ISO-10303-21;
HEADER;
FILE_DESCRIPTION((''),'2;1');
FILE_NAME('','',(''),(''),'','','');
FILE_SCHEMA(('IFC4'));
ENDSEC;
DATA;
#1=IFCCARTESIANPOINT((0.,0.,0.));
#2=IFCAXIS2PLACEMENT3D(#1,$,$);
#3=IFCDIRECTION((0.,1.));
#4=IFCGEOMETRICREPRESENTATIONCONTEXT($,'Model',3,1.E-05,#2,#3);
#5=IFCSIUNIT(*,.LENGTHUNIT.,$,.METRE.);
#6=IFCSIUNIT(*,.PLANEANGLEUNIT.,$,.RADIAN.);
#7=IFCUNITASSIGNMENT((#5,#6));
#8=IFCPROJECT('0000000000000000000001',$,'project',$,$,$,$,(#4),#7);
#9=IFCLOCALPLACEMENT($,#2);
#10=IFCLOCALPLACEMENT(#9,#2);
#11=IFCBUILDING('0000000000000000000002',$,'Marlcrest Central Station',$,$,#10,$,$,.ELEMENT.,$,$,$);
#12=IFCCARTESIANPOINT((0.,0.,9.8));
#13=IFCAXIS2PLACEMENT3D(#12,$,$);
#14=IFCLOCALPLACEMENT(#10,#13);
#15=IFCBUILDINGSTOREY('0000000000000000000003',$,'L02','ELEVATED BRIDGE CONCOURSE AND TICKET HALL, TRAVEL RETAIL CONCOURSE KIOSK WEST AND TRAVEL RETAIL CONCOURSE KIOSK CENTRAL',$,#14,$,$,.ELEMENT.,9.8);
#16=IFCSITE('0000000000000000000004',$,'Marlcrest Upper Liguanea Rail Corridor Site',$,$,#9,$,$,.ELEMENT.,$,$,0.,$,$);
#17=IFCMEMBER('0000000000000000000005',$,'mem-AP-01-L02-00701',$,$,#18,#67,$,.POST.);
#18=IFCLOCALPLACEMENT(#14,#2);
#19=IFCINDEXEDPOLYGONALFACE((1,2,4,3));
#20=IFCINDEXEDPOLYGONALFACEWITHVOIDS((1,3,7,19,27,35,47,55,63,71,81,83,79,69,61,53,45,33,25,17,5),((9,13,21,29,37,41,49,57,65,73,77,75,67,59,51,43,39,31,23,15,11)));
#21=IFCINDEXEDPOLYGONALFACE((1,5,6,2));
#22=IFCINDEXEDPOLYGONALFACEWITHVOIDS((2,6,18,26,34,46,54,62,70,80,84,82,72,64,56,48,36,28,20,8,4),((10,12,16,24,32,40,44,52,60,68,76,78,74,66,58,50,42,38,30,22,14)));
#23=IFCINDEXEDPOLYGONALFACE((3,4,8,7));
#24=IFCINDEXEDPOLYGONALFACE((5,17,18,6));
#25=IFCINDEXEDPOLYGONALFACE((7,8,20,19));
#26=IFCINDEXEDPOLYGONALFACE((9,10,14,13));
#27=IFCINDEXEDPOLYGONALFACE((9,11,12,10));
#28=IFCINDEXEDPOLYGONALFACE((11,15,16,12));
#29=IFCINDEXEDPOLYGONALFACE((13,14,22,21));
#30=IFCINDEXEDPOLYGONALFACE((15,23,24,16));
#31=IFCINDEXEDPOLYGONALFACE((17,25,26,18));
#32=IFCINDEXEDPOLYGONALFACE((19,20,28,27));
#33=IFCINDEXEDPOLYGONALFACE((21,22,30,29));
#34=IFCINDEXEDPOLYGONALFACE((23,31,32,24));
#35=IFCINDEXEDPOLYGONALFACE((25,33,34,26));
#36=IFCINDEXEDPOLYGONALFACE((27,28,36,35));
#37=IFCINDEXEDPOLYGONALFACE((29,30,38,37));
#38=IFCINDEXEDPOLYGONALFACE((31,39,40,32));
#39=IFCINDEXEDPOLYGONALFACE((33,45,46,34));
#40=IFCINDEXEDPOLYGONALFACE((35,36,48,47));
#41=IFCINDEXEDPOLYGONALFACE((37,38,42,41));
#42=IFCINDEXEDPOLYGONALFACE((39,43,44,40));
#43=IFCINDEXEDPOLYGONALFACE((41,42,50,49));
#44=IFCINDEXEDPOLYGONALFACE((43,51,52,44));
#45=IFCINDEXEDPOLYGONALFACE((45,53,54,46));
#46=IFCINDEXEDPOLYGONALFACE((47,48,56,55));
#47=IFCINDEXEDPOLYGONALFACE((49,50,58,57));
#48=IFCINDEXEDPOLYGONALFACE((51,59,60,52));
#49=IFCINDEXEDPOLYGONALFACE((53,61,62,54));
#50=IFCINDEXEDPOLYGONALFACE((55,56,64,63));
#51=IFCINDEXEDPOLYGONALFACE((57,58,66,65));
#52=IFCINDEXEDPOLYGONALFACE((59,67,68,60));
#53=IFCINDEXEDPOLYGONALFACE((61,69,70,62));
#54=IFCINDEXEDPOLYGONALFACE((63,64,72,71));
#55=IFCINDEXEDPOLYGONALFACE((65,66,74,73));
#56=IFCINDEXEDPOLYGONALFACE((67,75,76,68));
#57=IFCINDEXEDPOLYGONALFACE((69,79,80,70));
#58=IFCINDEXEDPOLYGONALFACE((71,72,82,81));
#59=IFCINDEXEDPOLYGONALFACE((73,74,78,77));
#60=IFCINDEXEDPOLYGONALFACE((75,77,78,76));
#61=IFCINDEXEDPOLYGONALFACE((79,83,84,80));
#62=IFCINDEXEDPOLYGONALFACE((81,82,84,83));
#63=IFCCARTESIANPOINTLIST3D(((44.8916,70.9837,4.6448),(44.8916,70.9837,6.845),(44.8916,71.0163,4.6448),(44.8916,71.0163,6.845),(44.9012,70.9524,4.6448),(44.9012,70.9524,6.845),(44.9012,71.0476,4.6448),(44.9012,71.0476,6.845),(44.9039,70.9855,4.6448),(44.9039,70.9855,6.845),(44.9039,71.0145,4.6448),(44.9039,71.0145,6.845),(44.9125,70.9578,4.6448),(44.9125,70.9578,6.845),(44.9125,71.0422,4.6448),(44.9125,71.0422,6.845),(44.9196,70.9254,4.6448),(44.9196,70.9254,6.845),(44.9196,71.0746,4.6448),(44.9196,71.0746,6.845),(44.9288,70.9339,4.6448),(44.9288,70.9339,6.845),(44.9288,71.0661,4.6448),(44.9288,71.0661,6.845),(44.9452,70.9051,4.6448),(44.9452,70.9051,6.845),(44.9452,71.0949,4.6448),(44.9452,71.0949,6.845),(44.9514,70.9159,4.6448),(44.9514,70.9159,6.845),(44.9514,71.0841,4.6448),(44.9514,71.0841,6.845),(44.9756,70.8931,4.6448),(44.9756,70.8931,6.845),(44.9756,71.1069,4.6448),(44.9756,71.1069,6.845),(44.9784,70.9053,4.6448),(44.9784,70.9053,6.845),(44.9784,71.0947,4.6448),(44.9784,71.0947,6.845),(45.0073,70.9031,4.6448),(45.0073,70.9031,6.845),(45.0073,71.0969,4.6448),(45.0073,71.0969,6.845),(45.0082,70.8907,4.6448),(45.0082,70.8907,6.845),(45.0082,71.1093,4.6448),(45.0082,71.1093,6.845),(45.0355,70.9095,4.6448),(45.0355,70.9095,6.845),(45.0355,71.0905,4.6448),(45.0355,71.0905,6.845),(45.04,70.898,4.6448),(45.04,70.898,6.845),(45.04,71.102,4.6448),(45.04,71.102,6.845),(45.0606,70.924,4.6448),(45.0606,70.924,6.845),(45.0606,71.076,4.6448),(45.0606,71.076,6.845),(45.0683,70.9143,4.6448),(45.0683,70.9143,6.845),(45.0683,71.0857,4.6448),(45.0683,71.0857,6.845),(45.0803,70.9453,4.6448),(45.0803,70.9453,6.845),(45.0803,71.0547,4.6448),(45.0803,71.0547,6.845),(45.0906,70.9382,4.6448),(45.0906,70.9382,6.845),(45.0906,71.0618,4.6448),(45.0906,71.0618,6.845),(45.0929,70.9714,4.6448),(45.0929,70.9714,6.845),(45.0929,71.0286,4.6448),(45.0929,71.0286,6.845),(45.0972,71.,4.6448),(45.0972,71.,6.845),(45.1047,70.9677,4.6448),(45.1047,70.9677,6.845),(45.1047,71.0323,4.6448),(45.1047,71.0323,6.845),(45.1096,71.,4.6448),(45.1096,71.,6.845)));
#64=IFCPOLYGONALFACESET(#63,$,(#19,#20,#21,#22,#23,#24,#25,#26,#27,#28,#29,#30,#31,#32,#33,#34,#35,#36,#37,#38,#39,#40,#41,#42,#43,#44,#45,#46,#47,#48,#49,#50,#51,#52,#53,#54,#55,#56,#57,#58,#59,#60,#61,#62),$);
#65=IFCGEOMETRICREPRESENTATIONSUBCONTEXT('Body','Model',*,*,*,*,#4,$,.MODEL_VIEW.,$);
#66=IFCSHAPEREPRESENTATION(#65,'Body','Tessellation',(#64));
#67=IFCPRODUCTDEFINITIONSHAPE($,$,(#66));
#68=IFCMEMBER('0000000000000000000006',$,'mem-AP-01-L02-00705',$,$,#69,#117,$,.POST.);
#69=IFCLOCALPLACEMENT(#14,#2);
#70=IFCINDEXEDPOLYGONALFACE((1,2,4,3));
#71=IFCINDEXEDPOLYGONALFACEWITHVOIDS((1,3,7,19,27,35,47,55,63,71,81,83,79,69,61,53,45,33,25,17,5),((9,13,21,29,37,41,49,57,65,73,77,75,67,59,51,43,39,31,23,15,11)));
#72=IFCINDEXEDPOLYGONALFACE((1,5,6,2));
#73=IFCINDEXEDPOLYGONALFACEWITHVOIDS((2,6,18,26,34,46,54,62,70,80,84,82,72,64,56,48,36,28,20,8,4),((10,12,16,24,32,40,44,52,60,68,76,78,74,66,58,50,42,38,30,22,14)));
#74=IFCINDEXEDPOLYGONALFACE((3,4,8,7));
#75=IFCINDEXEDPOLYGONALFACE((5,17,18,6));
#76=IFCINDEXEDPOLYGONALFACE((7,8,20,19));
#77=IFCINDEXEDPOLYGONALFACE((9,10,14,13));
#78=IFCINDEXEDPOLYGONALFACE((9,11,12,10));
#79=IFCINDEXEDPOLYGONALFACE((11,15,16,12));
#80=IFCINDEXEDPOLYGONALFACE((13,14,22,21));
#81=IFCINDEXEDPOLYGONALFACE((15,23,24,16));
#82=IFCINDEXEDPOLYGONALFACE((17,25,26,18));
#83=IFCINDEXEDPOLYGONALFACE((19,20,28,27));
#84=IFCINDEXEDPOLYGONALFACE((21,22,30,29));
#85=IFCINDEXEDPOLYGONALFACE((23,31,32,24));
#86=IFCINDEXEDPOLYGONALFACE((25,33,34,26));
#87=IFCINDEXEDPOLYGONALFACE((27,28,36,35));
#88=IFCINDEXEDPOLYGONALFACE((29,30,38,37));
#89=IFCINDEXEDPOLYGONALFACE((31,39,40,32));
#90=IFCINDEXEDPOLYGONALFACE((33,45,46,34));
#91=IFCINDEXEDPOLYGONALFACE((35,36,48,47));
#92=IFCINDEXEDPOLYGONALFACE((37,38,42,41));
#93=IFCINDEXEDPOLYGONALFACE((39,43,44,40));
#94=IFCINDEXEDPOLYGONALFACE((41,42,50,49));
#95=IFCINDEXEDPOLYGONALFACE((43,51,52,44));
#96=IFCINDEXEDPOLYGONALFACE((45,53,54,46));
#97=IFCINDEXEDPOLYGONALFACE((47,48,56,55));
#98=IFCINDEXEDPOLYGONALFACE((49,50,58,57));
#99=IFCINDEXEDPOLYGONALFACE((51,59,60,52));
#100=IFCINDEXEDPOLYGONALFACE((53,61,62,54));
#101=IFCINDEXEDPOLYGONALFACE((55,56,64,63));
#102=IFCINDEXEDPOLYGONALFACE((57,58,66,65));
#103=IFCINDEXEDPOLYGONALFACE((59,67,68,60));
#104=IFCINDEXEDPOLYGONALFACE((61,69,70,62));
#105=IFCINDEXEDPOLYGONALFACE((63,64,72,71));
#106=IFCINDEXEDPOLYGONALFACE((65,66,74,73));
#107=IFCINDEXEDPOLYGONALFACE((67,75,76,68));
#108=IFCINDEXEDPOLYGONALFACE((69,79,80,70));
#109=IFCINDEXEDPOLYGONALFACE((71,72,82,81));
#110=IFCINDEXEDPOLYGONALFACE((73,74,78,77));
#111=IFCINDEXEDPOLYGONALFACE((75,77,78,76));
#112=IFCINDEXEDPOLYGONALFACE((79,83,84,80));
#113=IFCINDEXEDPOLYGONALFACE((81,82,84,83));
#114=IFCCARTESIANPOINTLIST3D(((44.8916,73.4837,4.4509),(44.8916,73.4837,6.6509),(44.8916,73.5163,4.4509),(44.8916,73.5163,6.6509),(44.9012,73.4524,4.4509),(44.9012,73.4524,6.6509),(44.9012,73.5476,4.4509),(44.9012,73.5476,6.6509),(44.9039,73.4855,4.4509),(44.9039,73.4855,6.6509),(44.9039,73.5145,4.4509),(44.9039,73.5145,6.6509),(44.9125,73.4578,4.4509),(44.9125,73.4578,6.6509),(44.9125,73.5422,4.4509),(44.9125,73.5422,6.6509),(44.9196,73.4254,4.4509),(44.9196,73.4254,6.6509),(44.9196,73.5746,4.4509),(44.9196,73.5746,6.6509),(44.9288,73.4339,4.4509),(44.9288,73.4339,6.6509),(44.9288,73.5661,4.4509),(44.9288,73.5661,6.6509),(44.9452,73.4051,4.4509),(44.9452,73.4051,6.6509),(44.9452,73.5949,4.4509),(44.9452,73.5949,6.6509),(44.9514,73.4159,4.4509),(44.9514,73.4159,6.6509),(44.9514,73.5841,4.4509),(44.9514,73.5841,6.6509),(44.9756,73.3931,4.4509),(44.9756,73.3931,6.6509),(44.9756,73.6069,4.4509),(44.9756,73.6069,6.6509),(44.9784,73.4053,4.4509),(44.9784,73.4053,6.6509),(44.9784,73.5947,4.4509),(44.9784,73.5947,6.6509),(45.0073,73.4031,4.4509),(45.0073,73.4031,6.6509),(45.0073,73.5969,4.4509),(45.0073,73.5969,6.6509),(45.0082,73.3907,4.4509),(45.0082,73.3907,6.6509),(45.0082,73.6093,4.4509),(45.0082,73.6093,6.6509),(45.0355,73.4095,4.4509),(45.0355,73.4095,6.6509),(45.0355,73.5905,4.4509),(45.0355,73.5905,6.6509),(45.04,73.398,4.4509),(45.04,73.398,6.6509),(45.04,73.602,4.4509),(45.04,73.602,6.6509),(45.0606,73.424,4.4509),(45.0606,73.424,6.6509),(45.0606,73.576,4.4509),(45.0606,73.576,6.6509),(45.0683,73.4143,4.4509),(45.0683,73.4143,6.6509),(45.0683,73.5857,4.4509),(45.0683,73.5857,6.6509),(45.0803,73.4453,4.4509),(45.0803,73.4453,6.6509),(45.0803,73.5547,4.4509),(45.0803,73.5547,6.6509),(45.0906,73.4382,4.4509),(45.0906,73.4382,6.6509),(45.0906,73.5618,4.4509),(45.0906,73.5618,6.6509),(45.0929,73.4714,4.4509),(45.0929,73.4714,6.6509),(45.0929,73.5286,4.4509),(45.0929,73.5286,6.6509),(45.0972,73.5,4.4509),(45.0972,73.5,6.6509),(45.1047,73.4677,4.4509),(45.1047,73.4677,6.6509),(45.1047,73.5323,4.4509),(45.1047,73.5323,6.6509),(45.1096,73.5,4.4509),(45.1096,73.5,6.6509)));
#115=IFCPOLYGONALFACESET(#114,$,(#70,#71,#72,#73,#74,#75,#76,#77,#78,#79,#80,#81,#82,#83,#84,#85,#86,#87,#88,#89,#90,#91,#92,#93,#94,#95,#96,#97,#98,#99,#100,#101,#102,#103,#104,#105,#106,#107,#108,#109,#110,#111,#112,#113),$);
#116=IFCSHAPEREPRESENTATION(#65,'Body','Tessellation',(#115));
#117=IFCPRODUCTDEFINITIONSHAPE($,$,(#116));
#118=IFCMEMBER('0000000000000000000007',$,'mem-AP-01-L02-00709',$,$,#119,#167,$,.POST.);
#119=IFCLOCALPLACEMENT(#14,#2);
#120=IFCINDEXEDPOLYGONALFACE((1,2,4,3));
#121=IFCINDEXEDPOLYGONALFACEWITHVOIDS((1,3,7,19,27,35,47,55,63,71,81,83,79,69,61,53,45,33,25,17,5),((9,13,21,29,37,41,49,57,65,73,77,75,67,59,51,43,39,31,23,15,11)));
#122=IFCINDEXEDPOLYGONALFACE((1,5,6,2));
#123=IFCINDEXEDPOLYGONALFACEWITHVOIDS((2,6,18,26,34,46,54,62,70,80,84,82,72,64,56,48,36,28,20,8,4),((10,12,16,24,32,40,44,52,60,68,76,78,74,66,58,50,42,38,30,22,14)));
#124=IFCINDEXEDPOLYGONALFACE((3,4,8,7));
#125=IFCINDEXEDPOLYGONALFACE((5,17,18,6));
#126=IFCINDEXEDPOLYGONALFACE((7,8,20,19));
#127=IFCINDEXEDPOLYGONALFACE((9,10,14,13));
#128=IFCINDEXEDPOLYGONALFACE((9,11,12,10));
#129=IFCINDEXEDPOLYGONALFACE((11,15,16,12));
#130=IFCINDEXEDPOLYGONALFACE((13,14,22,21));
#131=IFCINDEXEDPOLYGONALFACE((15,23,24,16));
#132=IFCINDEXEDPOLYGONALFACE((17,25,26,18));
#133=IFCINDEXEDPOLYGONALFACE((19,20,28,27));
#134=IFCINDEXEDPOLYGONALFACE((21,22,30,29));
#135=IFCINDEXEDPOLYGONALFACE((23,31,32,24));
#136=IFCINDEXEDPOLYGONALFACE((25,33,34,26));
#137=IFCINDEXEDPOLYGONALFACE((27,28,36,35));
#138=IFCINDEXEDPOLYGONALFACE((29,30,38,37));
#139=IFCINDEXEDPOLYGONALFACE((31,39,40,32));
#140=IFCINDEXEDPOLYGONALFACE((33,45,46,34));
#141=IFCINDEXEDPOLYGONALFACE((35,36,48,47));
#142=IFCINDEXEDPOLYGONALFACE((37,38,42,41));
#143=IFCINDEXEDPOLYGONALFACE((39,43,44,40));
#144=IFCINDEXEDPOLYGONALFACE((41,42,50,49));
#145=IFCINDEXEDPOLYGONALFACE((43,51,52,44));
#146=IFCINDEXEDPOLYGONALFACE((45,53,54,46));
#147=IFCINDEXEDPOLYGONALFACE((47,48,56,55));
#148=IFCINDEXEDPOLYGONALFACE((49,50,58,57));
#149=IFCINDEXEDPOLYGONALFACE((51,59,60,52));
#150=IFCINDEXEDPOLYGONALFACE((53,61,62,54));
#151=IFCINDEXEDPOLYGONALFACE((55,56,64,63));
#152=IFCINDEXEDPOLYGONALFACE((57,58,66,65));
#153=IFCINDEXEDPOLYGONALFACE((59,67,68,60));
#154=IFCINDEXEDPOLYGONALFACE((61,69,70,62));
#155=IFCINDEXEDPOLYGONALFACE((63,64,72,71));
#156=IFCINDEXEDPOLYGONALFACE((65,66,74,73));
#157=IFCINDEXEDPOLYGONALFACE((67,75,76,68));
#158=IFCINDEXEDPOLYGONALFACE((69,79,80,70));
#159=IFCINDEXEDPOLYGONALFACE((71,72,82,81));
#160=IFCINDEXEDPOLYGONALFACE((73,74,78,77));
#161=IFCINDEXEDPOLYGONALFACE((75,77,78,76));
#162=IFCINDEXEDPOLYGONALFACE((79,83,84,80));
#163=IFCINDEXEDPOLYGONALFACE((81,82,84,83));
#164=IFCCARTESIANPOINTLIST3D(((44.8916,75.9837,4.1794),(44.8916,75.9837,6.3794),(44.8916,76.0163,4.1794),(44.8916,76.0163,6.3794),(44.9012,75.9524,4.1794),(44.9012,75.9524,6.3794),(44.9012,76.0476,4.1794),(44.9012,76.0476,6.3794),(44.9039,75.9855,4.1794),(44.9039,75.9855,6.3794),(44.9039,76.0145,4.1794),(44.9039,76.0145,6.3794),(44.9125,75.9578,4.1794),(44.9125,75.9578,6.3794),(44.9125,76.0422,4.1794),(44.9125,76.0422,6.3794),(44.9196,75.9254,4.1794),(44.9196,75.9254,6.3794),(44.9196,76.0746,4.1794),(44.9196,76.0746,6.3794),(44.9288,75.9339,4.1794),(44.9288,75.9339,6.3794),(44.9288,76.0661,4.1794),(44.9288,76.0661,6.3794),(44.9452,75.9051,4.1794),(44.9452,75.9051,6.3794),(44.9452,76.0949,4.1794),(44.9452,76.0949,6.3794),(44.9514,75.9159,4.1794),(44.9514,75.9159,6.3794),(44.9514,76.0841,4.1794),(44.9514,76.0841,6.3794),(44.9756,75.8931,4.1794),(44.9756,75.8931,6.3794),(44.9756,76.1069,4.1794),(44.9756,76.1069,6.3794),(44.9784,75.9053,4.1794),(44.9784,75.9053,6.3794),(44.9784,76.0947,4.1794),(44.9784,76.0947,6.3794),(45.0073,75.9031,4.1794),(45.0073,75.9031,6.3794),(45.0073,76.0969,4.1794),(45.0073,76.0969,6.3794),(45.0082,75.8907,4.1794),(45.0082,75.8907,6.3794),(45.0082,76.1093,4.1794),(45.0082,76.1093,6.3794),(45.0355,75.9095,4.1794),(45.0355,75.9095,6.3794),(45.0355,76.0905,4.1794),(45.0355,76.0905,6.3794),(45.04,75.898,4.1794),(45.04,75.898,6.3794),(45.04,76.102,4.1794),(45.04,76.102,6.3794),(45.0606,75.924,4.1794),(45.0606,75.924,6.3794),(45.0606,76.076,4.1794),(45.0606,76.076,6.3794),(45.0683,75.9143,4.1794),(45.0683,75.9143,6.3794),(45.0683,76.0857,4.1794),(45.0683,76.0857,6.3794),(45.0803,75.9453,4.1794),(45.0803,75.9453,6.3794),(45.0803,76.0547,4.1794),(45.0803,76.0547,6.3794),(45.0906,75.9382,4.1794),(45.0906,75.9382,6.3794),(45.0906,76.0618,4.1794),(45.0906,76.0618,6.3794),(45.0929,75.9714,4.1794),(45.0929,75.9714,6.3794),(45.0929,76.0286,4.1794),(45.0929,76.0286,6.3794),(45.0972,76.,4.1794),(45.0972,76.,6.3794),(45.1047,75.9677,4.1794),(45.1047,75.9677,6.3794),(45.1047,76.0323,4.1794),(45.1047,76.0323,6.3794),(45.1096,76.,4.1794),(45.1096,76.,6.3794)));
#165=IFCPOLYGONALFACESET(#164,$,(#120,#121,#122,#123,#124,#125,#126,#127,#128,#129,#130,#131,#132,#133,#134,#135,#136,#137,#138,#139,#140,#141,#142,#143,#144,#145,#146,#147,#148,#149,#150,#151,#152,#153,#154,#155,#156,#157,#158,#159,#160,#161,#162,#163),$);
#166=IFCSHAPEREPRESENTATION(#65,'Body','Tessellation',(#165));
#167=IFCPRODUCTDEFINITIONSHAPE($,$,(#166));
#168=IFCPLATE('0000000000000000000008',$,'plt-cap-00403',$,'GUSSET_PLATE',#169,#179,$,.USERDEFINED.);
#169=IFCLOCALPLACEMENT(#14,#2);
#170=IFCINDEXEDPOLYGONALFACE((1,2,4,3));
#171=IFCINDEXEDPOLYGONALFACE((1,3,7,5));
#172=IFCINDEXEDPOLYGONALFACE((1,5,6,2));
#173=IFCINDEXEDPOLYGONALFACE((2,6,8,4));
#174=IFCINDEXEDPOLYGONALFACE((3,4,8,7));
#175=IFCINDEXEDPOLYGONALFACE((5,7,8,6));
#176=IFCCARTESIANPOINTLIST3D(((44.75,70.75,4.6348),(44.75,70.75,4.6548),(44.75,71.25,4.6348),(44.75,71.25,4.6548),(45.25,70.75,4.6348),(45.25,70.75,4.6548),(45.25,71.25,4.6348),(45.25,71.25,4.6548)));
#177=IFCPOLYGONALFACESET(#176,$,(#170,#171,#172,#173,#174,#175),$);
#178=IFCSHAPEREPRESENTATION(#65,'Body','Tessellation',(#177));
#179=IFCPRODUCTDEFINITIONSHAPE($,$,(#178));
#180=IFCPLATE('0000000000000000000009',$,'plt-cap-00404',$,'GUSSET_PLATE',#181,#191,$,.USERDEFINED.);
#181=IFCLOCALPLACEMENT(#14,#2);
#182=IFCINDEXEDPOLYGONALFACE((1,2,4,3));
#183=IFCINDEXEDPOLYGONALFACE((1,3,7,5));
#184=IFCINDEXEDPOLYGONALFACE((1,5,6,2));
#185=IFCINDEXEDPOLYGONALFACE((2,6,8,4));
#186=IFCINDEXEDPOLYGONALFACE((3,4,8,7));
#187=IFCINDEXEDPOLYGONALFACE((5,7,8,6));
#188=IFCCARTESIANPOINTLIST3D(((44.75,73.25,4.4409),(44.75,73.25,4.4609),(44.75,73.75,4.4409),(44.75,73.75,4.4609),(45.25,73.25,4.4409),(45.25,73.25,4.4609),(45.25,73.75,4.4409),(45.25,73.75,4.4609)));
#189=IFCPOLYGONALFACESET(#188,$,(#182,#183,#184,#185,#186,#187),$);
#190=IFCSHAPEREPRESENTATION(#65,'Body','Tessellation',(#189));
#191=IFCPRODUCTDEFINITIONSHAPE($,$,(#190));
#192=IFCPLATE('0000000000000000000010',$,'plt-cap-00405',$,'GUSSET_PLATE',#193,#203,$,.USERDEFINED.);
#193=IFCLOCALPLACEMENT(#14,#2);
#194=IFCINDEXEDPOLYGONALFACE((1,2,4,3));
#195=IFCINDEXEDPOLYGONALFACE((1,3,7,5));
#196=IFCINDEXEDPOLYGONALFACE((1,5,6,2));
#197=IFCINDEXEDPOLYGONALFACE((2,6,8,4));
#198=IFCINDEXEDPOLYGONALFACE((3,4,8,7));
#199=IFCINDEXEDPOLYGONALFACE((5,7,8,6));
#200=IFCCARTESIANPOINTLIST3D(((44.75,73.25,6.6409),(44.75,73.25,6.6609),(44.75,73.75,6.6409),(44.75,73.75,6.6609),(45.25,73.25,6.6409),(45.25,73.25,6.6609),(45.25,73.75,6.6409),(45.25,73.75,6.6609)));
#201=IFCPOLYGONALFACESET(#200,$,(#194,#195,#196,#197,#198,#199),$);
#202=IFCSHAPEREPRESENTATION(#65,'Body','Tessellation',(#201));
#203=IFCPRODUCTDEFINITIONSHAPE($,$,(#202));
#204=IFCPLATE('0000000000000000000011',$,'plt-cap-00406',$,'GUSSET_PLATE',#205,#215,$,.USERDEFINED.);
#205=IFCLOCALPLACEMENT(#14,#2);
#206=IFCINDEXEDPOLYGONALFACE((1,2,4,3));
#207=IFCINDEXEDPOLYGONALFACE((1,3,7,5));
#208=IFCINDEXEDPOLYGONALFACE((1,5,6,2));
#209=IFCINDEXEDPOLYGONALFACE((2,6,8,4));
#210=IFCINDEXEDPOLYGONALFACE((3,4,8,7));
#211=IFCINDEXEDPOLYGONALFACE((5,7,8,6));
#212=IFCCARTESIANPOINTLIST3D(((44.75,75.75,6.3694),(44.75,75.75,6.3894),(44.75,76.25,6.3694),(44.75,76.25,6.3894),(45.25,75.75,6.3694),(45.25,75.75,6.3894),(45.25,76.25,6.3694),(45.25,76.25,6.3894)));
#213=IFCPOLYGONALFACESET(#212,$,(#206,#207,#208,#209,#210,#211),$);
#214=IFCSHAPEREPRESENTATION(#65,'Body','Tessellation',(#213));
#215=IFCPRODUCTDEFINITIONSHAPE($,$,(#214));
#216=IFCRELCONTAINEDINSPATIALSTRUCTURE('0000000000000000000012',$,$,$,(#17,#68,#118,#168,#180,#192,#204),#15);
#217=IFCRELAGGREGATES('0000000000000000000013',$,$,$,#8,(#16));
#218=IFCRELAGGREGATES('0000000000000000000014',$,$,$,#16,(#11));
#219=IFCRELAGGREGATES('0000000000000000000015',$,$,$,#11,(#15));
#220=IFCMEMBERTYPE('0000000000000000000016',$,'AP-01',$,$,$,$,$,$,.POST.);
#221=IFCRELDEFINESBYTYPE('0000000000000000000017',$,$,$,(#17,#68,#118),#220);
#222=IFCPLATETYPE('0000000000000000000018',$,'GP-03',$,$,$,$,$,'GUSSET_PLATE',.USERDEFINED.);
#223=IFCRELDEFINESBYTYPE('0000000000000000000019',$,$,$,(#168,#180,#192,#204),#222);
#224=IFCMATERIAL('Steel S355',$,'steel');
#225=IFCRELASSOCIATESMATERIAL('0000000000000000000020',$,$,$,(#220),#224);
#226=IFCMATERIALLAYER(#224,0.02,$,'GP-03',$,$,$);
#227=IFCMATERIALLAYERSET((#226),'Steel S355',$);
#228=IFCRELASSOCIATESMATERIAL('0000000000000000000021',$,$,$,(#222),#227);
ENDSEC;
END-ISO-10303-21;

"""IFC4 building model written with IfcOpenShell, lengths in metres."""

from ifc_helpers import new_model, si_unit, direction, frame, origin, origin_2d, place, context, subcontext, project, spatial, rectangle, hollow_circle, extrude, material, layer, layer_set, material_profile, profile_set, type_object, element, save


model = new_model("IFC4")

# Units and contexts
model_context = context("Model", 3, precision=1e-05, world=origin(), true_north=direction((0.0, 1.0)))
body_context = subcontext(model_context, "Body", "Model", "MODEL_VIEW")
ifc_project = project(units=[si_unit("LENGTHUNIT", "METRE"), si_unit("PLANEANGLEUNIT", "RADIAN")], contexts=[model_context])

# Site, building, storey
site_placement = place(None, origin())
site = spatial("IfcSite", under=ifc_project, at=site_placement, Name="Marlcrest Upper Liguanea Rail Corridor Site", CompositionType="ELEMENT", RefElevation=0.0)
building_placement = place(site_placement, origin())
building = spatial("IfcBuilding", under=site, at=building_placement, Name="Marlcrest Central Station", CompositionType="ELEMENT")
storey_placement = place(building_placement, frame((0.0, 0.0, 9.8)))
storey = spatial("IfcBuildingStorey", under=building, at=storey_placement, Name="L02", Description="ELEVATED BRIDGE CONCOURSE AND TICKET HALL, TRAVEL RETAIL CONCOURSE KIOSK WEST AND TRAVEL RETAIL CONCOURSE KIOSK CENTRAL", CompositionType="ELEMENT", Elevation=9.8)

# Members
ifc_material = material(Name="Steel S355", Category="steel")
ifc_material_profile_1 = material_profile(ifc_material, hollow_circle(Radius=0.1096, WallThickness=0.0125, at=origin_2d()), Name="CHS 219.1x12.5")
ifc_profile_set_1 = profile_set([ifc_material_profile_1], Name="Steel S355")
member_type_1 = type_object("IfcMemberType", Name="AP-01", PredefinedType="POST", material=ifc_profile_set_1)
member_1_placement = place(storey_placement, frame((45.0, 71.0, 4.6448), z_axis=(0.0, 0.0, 1.0), x_axis=(1.0, 0.0, 0.0)))
element("IfcMember", 1, at=member_1_placement, inside=storey, type_object=member_type_1, Name="mem-AP-01-L02-00701", PredefinedType="POST", context=body_context, shape_type="SweptSolid", body=[
    extrude(hollow_circle(Radius=0.1096, WallThickness=0.0125, at=origin_2d()), origin(), (0.0, 0.0, 1.0), 2.2002),
])
for number, where, z_axis, x_axis, name in (
    (2, (45.0, 73.5, 4.4509), (0.0, 0.0, 1.0), (1.0, 0.0, 0.0), "mem-AP-01-L02-00705"),
    (3, (45.0, 76.0, 4.1794), (0.0, 0.0, 1.0), (1.0, 0.0, 0.0), "mem-AP-01-L02-00709"),
):
    element("IfcMember", number, at=place(storey_placement, frame(where, z_axis=z_axis, x_axis=x_axis)), inside=storey, type_object=member_type_1, Name=name, PredefinedType="POST", context=body_context, shape_type="SweptSolid", body=[
        extrude(hollow_circle(Radius=0.1096, WallThickness=0.0125, at=origin_2d()), origin(), (0.0, 0.0, 1.0), 2.2),
    ])

# Plates
ifc_layer = layer(ifc_material, 0.02, Name="GP-03")
ifc_layer_set = layer_set([ifc_layer], Name="Steel S355")
plate_type = type_object("IfcPlateType", Name="GP-03", ElementType="GUSSET_PLATE", PredefinedType="USERDEFINED", material=ifc_layer_set)
for number, where, z_axis, x_axis, name in (
    (4, (45.0, 71.0, 4.6348), (0.0, 0.0, 1.0), (1.0, 0.0, 0.0), "plt-cap-00403"),
    (5, (45.0, 73.5, 4.4409), (0.0, 0.0, 1.0), (1.0, 0.0, 0.0), "plt-cap-00404"),
    (6, (45.0, 73.5, 6.6409), (0.0, 0.0, 1.0), (1.0, 0.0, 0.0), "plt-cap-00405"),
    (7, (45.0, 76.0, 6.3694), (0.0, 0.0, 1.0), (1.0, 0.0, 0.0), "plt-cap-00406"),
):
    element("IfcPlate", number, at=place(storey_placement, frame(where, z_axis=z_axis, x_axis=x_axis)), inside=storey, type_object=plate_type, Name=name, ObjectType="GUSSET_PLATE", PredefinedType="USERDEFINED", context=body_context, shape_type="SweptSolid", body=[
        extrude(rectangle(XDim=0.5, YDim=0.5, at=origin_2d()), origin(), (0.0, 0.0, 1.0), 0.02),
    ])

save(model, "model.ifc")
